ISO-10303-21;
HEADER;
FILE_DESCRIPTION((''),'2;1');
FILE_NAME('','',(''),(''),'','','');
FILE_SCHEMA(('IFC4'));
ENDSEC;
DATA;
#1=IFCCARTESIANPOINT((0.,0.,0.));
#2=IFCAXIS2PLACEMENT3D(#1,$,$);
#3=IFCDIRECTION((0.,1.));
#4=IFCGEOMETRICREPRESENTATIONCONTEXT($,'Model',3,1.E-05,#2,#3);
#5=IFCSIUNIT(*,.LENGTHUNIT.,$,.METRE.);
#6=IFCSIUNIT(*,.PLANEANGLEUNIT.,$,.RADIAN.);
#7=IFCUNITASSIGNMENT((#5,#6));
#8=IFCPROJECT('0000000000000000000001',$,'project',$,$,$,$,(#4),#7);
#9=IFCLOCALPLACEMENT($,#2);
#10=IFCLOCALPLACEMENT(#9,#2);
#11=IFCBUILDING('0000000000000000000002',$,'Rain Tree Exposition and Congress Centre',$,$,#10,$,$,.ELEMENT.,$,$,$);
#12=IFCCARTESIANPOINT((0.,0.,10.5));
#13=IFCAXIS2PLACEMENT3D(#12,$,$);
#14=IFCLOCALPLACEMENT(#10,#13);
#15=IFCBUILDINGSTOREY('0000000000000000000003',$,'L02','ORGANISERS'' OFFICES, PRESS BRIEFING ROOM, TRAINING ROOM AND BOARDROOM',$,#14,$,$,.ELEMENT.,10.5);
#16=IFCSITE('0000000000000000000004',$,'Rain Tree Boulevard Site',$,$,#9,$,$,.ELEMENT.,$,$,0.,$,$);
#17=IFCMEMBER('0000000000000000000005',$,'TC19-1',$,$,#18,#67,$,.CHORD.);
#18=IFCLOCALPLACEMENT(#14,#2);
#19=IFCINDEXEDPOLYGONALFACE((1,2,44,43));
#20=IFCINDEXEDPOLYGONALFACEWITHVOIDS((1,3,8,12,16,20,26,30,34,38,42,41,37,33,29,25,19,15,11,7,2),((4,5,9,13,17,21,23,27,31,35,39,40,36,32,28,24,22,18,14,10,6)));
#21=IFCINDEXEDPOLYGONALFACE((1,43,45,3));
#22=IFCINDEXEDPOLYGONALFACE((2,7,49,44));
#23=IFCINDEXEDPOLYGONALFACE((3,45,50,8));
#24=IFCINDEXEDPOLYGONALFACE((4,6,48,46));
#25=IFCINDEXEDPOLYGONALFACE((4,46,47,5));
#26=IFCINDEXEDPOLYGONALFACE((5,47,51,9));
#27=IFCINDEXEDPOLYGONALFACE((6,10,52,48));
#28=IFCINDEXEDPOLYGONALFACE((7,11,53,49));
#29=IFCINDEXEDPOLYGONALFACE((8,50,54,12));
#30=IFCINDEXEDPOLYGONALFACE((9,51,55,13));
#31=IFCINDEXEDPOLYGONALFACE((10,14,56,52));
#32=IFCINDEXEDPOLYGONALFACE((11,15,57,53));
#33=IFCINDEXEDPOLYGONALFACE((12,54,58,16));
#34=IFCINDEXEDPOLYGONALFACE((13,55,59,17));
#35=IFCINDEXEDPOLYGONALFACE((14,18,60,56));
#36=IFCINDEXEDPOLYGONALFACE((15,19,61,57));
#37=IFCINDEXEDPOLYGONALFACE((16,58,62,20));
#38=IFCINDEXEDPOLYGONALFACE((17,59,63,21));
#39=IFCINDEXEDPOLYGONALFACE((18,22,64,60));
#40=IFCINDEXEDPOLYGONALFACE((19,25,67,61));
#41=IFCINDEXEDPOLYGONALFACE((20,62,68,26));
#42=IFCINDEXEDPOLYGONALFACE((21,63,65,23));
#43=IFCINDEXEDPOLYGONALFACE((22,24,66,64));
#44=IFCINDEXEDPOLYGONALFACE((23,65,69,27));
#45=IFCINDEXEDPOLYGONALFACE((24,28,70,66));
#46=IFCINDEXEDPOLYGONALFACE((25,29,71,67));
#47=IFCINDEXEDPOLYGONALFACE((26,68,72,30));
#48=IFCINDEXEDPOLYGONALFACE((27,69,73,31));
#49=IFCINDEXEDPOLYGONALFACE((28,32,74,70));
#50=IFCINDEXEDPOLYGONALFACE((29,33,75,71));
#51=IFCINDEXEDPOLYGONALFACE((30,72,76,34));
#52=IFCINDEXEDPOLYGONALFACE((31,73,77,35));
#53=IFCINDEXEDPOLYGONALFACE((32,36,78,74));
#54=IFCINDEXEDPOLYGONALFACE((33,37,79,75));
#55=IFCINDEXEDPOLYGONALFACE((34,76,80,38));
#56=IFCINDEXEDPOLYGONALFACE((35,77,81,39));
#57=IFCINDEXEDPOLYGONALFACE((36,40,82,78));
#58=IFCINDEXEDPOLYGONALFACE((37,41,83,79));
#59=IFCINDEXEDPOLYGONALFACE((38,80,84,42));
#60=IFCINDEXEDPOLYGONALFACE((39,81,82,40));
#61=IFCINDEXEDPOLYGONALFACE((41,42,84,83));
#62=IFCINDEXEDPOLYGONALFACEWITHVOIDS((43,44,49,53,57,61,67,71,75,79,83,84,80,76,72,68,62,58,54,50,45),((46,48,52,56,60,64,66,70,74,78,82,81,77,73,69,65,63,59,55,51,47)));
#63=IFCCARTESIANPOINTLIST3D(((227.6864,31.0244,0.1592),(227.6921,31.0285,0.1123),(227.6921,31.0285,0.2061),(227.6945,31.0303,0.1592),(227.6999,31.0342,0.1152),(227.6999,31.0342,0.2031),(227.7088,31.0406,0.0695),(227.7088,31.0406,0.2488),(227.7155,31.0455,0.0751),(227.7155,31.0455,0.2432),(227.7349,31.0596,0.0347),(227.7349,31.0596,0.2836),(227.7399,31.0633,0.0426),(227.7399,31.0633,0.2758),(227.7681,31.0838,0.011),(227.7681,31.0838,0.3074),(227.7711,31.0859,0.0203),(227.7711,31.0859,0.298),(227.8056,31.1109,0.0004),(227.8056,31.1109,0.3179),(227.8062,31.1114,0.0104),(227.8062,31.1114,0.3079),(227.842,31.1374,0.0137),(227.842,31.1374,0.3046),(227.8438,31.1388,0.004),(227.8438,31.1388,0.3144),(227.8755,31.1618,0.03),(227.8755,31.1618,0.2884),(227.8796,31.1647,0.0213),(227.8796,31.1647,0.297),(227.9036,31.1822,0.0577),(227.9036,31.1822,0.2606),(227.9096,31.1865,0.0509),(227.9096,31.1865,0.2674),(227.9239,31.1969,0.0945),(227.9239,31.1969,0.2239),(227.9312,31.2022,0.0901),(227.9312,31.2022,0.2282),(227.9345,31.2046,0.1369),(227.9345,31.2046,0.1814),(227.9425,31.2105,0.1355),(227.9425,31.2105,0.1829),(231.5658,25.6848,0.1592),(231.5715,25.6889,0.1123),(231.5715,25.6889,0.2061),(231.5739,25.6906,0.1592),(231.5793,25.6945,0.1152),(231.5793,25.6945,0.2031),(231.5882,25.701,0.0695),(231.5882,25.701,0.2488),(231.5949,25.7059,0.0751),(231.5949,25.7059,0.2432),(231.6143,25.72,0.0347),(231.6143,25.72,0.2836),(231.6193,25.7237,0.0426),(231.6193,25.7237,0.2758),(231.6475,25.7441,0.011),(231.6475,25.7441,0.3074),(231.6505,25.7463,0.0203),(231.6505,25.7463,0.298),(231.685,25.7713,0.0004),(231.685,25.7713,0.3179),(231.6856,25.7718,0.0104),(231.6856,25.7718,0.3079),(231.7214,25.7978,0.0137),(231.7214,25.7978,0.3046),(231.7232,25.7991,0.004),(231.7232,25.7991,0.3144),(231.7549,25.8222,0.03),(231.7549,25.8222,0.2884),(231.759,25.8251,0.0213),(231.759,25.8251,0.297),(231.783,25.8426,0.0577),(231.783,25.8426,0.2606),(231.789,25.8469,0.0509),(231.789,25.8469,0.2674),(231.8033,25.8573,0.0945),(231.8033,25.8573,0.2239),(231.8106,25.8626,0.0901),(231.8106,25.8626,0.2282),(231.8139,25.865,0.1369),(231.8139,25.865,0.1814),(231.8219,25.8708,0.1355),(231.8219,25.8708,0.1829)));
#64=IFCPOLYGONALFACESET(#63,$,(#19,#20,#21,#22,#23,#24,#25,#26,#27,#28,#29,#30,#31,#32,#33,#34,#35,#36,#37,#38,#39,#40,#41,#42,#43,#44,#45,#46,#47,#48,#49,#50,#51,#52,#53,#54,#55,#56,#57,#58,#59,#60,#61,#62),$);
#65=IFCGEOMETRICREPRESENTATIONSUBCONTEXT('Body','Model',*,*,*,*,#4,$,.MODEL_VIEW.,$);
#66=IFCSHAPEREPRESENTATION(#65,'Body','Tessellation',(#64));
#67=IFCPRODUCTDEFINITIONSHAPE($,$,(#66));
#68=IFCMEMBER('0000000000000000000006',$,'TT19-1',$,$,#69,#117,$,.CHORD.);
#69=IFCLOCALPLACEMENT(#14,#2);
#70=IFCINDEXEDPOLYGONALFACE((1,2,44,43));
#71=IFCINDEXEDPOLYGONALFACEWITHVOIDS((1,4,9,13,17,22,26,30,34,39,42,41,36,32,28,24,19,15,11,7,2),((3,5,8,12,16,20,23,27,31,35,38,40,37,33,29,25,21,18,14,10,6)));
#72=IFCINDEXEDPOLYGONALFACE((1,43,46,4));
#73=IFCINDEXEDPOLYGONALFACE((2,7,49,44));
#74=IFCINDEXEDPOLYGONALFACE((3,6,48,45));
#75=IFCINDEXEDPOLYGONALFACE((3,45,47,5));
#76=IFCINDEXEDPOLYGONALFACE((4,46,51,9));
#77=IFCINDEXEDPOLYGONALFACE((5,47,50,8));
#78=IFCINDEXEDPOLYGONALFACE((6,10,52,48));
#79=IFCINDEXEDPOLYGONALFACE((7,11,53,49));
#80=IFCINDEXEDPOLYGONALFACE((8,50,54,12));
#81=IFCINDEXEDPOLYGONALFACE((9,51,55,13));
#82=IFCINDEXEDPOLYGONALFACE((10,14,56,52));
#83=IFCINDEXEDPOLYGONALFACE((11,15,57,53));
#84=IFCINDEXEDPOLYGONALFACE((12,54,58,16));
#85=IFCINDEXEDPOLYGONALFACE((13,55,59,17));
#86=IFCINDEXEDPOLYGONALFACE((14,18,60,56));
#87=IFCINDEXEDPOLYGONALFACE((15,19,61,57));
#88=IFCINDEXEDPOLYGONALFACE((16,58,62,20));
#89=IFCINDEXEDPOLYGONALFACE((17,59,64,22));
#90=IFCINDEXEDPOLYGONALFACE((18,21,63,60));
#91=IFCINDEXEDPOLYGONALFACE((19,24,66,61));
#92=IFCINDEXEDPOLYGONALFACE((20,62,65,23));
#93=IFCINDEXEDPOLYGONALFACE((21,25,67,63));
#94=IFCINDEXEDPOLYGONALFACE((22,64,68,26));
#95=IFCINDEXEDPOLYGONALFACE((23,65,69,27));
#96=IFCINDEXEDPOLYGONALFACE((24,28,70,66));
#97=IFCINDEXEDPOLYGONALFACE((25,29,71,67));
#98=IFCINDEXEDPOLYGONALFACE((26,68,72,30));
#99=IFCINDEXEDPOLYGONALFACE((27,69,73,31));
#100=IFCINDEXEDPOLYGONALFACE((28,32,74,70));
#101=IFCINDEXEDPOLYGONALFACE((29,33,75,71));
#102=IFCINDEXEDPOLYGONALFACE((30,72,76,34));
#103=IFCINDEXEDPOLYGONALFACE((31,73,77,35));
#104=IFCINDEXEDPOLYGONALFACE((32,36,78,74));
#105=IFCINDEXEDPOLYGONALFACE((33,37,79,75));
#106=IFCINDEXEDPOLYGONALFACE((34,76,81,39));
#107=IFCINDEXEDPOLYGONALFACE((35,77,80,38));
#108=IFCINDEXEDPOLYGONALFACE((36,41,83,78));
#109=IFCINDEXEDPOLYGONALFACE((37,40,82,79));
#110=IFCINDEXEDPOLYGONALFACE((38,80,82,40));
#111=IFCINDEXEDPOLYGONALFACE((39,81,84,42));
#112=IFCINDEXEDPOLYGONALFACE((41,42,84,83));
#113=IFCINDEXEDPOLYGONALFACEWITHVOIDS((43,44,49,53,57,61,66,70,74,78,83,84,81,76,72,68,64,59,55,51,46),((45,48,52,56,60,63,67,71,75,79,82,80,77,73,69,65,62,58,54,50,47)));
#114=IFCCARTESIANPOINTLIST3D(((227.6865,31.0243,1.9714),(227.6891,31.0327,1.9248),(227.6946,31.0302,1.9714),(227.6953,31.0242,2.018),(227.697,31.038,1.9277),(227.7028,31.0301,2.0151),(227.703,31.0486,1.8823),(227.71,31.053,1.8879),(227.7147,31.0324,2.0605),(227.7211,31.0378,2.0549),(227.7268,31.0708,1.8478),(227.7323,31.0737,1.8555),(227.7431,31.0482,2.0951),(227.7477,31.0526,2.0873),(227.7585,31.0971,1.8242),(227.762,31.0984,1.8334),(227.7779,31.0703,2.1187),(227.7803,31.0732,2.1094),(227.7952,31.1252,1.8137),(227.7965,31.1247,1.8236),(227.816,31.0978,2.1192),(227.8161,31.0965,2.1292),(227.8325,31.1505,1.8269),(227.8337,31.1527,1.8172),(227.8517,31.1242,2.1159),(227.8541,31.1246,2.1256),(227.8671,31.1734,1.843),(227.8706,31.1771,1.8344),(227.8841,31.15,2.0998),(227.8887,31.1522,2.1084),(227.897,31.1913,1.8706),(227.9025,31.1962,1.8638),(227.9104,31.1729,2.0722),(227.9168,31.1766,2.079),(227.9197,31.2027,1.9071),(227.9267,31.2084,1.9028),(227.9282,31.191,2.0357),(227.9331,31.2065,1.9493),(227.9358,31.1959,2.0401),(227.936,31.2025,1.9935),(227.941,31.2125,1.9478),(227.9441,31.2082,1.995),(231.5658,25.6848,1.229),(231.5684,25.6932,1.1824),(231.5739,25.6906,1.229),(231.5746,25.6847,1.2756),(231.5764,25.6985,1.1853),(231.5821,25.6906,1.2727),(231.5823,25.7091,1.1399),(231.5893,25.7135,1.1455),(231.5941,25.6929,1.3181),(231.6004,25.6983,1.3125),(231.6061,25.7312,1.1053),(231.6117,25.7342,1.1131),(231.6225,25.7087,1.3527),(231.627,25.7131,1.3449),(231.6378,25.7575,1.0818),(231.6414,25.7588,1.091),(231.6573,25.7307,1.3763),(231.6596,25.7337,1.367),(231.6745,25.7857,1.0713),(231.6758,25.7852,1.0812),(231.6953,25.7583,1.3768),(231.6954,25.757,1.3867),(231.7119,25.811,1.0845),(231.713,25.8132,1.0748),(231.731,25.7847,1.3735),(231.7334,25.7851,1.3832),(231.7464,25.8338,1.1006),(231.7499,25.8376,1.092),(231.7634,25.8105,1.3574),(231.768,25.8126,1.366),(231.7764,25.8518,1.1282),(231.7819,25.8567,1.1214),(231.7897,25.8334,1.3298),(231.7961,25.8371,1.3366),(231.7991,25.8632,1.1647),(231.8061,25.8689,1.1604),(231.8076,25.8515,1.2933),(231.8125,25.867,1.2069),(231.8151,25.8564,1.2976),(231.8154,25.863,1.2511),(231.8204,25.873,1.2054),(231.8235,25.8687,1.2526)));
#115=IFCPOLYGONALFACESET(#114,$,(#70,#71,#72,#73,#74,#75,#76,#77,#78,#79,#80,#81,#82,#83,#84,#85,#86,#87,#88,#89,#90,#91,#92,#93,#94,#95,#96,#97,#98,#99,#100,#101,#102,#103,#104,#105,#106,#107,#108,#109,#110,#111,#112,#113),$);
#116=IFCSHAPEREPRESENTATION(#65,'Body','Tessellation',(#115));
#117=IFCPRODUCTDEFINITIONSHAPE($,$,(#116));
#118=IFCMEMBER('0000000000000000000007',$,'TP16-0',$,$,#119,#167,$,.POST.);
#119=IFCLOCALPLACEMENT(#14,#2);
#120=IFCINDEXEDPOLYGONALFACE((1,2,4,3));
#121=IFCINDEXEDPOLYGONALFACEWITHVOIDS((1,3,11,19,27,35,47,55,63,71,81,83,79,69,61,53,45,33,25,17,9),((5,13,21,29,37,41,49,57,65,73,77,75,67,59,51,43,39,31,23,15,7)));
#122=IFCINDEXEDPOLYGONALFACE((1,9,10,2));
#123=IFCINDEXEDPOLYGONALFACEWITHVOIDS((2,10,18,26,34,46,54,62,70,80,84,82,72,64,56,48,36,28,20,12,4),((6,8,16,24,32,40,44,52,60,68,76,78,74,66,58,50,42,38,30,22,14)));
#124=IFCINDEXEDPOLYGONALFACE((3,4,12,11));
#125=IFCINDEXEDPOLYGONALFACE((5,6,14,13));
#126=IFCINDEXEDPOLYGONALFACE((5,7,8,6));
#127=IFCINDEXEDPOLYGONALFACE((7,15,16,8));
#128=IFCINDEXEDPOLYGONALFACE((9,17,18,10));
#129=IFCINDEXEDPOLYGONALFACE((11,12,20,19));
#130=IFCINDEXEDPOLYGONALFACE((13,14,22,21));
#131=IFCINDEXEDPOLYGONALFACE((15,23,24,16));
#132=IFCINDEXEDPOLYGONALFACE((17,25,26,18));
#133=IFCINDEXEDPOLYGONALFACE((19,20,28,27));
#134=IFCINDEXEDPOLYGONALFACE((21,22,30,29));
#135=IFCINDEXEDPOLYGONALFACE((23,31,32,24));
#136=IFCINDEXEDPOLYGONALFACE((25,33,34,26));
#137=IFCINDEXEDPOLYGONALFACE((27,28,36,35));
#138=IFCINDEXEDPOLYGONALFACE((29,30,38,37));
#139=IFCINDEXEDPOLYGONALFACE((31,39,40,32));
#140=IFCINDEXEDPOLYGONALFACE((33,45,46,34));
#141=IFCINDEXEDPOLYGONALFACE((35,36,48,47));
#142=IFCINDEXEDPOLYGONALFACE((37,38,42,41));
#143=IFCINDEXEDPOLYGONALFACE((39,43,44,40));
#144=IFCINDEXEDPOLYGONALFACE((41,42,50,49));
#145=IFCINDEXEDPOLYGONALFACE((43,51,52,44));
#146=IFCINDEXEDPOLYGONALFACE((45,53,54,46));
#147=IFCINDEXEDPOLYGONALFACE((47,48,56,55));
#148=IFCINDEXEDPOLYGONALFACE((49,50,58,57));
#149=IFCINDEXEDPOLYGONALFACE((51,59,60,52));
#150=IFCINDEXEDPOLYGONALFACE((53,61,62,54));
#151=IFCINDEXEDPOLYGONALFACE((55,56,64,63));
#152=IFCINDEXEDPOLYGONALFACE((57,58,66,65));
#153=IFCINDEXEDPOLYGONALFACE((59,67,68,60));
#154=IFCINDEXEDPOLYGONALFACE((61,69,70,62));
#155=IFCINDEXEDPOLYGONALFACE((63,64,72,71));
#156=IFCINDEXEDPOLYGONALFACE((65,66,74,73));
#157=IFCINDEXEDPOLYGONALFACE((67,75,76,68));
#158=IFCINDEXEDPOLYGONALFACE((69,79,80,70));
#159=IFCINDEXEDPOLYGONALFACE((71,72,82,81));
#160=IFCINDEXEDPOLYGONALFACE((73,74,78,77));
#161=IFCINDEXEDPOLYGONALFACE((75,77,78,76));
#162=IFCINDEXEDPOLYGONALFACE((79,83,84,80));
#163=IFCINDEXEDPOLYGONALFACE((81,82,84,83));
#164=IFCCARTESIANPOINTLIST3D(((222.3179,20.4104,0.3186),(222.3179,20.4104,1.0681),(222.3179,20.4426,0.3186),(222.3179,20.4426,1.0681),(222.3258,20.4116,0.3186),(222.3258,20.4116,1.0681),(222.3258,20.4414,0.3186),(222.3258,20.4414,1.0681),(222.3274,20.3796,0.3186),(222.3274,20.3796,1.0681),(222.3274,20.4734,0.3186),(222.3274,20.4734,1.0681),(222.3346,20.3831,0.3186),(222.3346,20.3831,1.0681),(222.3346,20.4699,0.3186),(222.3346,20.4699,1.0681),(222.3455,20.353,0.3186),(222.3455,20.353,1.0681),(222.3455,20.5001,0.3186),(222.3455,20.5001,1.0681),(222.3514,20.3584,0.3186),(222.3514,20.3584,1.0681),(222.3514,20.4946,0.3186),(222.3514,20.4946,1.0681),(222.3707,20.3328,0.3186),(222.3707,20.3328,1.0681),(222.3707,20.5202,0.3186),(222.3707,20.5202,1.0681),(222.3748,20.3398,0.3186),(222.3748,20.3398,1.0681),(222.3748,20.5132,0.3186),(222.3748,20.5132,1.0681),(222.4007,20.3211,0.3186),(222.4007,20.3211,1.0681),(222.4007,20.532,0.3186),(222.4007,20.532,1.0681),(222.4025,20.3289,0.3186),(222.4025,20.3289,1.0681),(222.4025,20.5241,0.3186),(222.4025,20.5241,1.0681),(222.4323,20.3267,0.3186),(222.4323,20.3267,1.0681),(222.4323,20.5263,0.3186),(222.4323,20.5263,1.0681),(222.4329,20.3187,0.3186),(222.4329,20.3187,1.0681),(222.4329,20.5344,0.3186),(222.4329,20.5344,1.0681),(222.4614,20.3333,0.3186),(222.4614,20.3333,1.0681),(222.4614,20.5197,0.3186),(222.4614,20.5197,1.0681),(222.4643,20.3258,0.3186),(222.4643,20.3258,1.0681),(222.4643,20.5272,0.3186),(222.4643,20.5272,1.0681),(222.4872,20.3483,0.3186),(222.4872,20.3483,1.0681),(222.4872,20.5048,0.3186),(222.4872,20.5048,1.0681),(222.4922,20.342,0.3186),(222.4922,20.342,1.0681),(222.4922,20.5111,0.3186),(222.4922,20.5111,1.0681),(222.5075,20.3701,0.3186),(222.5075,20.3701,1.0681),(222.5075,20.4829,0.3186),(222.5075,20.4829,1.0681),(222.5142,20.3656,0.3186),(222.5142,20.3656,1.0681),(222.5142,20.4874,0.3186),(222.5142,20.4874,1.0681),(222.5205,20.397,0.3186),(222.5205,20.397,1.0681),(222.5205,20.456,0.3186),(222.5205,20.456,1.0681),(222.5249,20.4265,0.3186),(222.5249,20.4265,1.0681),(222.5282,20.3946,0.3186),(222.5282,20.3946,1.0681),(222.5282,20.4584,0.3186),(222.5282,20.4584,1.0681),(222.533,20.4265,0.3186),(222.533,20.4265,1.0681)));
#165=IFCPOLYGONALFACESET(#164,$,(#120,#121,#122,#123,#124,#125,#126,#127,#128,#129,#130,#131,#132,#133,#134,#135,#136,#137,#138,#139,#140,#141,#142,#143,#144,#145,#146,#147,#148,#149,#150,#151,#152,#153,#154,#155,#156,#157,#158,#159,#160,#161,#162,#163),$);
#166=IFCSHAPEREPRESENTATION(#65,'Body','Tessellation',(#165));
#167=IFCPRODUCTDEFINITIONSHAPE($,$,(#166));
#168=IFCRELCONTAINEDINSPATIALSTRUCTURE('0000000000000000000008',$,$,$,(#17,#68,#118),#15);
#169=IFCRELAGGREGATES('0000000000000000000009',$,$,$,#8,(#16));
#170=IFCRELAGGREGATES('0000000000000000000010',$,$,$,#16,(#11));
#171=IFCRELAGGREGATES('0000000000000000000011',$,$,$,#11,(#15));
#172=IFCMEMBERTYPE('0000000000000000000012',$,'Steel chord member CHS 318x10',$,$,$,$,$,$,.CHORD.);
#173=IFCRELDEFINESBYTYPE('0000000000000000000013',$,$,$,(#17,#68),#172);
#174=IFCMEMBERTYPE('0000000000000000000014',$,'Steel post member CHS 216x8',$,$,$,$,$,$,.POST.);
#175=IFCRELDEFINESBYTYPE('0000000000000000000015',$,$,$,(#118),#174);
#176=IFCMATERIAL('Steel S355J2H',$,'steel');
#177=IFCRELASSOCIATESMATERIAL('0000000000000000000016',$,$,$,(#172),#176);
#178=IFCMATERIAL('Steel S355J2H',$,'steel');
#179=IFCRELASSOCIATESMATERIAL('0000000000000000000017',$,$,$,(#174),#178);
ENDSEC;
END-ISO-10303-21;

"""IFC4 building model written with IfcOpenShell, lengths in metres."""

from ifc_helpers import new_model, si_unit, direction, frame, origin, origin_2d, place, context, subcontext, project, spatial, hollow_circle, extrude, material, material_profile, profile_set, type_object, element, save


model = new_model("IFC4")

# Units and contexts
model_context = context("Model", 3, precision=1e-05, world=origin(), true_north=direction((0.0, 1.0)))
body_context = subcontext(model_context, "Body", "Model", "MODEL_VIEW")
ifc_project = project(units=[si_unit("LENGTHUNIT", "METRE"), si_unit("PLANEANGLEUNIT", "RADIAN")], contexts=[model_context])

# Site, building, storey
site_placement = place(None, origin())
site = spatial("IfcSite", under=ifc_project, at=site_placement, Name="Rain Tree Boulevard Site", CompositionType="ELEMENT", RefElevation=0.0)
building_placement = place(site_placement, origin())
building = spatial("IfcBuilding", under=site, at=building_placement, Name="Rain Tree Exposition and Congress Centre", CompositionType="ELEMENT")
storey_placement = place(building_placement, frame((0.0, 0.0, 10.5)))
storey = spatial("IfcBuildingStorey", under=building, at=storey_placement, Name="L02", Description="ORGANISERS' OFFICES, PRESS BRIEFING ROOM, TRAINING ROOM AND BOARDROOM", CompositionType="ELEMENT", Elevation=10.5)

# Members
ifc_material_1 = material(Name="Steel S355J2H", Category="steel")
ifc_material_profile_1 = material_profile(ifc_material_1, hollow_circle(Radius=0.1592, WallThickness=0.01, at=origin_2d()), Name="CHS 318x10")
ifc_profile_set_1 = profile_set([ifc_material_profile_1], Name="Steel S355J2H")
member_type_1 = type_object("IfcMemberType", Name="Steel chord member CHS 318x10", PredefinedType="CHORD", material=ifc_profile_set_1)
member_1_placement = place(storey_placement, frame((231.6946, 25.7783, 0.1592), z_axis=(-0.58778, 0.809021, 0.0), x_axis=(-0.809021, -0.58778, 0.0)))
element("IfcMember", 1, at=member_1_placement, inside=storey, type_object=member_type_1, Name="TC19-1", PredefinedType="CHORD", context=body_context, shape_type="SweptSolid", body=[
    extrude(hollow_circle(Radius=0.1592, WallThickness=0.01, at=origin_2d()), origin(), (0.0, 0.0, 1.0), 6.6001),
])
member_2_placement = place(storey_placement, frame((231.6946, 25.7783, 1.229), z_axis=(-0.584096, 0.80395, 0.111783), x_axis=(-0.809021, -0.58778, 0.0)))
element("IfcMember", 2, at=member_2_placement, inside=storey, type_object=member_type_1, Name="TT19-1", PredefinedType="CHORD", context=body_context, shape_type="SweptSolid", body=[
    extrude(hollow_circle(Radius=0.1592, WallThickness=0.01, at=origin_2d()), origin(), (0.0, 0.0, 1.0), 6.6416),
])
ifc_material_2 = material(Name="Steel S355J2H", Category="steel")
ifc_material_profile_2 = material_profile(ifc_material_2, hollow_circle(Radius=0.1082, WallThickness=0.0081, at=origin_2d()), Name="CHS 216x8")
ifc_profile_set_2 = profile_set([ifc_material_profile_2], Name="Steel S355J2H")
member_type_2 = type_object("IfcMemberType", Name="Steel post member CHS 216x8", PredefinedType="POST", material=ifc_profile_set_2)
for number, where, z_axis, x_axis, name in (
    (3, (222.4248, 20.4265, 0.3186), (0.0, 0.0, 1.0), (1.0, 0.0, 0.0), "TP16-0"),
):
    element("IfcMember", number, at=place(storey_placement, frame(where, z_axis=z_axis, x_axis=x_axis)), inside=storey, type_object=member_type_2, Name=name, PredefinedType="POST", context=body_context, shape_type="SweptSolid", body=[
        extrude(hollow_circle(Radius=0.1082, WallThickness=0.0081, at=origin_2d()), origin(), (0.0, 0.0, 1.0), 0.7495),
    ])

save(model, "model.ifc")
